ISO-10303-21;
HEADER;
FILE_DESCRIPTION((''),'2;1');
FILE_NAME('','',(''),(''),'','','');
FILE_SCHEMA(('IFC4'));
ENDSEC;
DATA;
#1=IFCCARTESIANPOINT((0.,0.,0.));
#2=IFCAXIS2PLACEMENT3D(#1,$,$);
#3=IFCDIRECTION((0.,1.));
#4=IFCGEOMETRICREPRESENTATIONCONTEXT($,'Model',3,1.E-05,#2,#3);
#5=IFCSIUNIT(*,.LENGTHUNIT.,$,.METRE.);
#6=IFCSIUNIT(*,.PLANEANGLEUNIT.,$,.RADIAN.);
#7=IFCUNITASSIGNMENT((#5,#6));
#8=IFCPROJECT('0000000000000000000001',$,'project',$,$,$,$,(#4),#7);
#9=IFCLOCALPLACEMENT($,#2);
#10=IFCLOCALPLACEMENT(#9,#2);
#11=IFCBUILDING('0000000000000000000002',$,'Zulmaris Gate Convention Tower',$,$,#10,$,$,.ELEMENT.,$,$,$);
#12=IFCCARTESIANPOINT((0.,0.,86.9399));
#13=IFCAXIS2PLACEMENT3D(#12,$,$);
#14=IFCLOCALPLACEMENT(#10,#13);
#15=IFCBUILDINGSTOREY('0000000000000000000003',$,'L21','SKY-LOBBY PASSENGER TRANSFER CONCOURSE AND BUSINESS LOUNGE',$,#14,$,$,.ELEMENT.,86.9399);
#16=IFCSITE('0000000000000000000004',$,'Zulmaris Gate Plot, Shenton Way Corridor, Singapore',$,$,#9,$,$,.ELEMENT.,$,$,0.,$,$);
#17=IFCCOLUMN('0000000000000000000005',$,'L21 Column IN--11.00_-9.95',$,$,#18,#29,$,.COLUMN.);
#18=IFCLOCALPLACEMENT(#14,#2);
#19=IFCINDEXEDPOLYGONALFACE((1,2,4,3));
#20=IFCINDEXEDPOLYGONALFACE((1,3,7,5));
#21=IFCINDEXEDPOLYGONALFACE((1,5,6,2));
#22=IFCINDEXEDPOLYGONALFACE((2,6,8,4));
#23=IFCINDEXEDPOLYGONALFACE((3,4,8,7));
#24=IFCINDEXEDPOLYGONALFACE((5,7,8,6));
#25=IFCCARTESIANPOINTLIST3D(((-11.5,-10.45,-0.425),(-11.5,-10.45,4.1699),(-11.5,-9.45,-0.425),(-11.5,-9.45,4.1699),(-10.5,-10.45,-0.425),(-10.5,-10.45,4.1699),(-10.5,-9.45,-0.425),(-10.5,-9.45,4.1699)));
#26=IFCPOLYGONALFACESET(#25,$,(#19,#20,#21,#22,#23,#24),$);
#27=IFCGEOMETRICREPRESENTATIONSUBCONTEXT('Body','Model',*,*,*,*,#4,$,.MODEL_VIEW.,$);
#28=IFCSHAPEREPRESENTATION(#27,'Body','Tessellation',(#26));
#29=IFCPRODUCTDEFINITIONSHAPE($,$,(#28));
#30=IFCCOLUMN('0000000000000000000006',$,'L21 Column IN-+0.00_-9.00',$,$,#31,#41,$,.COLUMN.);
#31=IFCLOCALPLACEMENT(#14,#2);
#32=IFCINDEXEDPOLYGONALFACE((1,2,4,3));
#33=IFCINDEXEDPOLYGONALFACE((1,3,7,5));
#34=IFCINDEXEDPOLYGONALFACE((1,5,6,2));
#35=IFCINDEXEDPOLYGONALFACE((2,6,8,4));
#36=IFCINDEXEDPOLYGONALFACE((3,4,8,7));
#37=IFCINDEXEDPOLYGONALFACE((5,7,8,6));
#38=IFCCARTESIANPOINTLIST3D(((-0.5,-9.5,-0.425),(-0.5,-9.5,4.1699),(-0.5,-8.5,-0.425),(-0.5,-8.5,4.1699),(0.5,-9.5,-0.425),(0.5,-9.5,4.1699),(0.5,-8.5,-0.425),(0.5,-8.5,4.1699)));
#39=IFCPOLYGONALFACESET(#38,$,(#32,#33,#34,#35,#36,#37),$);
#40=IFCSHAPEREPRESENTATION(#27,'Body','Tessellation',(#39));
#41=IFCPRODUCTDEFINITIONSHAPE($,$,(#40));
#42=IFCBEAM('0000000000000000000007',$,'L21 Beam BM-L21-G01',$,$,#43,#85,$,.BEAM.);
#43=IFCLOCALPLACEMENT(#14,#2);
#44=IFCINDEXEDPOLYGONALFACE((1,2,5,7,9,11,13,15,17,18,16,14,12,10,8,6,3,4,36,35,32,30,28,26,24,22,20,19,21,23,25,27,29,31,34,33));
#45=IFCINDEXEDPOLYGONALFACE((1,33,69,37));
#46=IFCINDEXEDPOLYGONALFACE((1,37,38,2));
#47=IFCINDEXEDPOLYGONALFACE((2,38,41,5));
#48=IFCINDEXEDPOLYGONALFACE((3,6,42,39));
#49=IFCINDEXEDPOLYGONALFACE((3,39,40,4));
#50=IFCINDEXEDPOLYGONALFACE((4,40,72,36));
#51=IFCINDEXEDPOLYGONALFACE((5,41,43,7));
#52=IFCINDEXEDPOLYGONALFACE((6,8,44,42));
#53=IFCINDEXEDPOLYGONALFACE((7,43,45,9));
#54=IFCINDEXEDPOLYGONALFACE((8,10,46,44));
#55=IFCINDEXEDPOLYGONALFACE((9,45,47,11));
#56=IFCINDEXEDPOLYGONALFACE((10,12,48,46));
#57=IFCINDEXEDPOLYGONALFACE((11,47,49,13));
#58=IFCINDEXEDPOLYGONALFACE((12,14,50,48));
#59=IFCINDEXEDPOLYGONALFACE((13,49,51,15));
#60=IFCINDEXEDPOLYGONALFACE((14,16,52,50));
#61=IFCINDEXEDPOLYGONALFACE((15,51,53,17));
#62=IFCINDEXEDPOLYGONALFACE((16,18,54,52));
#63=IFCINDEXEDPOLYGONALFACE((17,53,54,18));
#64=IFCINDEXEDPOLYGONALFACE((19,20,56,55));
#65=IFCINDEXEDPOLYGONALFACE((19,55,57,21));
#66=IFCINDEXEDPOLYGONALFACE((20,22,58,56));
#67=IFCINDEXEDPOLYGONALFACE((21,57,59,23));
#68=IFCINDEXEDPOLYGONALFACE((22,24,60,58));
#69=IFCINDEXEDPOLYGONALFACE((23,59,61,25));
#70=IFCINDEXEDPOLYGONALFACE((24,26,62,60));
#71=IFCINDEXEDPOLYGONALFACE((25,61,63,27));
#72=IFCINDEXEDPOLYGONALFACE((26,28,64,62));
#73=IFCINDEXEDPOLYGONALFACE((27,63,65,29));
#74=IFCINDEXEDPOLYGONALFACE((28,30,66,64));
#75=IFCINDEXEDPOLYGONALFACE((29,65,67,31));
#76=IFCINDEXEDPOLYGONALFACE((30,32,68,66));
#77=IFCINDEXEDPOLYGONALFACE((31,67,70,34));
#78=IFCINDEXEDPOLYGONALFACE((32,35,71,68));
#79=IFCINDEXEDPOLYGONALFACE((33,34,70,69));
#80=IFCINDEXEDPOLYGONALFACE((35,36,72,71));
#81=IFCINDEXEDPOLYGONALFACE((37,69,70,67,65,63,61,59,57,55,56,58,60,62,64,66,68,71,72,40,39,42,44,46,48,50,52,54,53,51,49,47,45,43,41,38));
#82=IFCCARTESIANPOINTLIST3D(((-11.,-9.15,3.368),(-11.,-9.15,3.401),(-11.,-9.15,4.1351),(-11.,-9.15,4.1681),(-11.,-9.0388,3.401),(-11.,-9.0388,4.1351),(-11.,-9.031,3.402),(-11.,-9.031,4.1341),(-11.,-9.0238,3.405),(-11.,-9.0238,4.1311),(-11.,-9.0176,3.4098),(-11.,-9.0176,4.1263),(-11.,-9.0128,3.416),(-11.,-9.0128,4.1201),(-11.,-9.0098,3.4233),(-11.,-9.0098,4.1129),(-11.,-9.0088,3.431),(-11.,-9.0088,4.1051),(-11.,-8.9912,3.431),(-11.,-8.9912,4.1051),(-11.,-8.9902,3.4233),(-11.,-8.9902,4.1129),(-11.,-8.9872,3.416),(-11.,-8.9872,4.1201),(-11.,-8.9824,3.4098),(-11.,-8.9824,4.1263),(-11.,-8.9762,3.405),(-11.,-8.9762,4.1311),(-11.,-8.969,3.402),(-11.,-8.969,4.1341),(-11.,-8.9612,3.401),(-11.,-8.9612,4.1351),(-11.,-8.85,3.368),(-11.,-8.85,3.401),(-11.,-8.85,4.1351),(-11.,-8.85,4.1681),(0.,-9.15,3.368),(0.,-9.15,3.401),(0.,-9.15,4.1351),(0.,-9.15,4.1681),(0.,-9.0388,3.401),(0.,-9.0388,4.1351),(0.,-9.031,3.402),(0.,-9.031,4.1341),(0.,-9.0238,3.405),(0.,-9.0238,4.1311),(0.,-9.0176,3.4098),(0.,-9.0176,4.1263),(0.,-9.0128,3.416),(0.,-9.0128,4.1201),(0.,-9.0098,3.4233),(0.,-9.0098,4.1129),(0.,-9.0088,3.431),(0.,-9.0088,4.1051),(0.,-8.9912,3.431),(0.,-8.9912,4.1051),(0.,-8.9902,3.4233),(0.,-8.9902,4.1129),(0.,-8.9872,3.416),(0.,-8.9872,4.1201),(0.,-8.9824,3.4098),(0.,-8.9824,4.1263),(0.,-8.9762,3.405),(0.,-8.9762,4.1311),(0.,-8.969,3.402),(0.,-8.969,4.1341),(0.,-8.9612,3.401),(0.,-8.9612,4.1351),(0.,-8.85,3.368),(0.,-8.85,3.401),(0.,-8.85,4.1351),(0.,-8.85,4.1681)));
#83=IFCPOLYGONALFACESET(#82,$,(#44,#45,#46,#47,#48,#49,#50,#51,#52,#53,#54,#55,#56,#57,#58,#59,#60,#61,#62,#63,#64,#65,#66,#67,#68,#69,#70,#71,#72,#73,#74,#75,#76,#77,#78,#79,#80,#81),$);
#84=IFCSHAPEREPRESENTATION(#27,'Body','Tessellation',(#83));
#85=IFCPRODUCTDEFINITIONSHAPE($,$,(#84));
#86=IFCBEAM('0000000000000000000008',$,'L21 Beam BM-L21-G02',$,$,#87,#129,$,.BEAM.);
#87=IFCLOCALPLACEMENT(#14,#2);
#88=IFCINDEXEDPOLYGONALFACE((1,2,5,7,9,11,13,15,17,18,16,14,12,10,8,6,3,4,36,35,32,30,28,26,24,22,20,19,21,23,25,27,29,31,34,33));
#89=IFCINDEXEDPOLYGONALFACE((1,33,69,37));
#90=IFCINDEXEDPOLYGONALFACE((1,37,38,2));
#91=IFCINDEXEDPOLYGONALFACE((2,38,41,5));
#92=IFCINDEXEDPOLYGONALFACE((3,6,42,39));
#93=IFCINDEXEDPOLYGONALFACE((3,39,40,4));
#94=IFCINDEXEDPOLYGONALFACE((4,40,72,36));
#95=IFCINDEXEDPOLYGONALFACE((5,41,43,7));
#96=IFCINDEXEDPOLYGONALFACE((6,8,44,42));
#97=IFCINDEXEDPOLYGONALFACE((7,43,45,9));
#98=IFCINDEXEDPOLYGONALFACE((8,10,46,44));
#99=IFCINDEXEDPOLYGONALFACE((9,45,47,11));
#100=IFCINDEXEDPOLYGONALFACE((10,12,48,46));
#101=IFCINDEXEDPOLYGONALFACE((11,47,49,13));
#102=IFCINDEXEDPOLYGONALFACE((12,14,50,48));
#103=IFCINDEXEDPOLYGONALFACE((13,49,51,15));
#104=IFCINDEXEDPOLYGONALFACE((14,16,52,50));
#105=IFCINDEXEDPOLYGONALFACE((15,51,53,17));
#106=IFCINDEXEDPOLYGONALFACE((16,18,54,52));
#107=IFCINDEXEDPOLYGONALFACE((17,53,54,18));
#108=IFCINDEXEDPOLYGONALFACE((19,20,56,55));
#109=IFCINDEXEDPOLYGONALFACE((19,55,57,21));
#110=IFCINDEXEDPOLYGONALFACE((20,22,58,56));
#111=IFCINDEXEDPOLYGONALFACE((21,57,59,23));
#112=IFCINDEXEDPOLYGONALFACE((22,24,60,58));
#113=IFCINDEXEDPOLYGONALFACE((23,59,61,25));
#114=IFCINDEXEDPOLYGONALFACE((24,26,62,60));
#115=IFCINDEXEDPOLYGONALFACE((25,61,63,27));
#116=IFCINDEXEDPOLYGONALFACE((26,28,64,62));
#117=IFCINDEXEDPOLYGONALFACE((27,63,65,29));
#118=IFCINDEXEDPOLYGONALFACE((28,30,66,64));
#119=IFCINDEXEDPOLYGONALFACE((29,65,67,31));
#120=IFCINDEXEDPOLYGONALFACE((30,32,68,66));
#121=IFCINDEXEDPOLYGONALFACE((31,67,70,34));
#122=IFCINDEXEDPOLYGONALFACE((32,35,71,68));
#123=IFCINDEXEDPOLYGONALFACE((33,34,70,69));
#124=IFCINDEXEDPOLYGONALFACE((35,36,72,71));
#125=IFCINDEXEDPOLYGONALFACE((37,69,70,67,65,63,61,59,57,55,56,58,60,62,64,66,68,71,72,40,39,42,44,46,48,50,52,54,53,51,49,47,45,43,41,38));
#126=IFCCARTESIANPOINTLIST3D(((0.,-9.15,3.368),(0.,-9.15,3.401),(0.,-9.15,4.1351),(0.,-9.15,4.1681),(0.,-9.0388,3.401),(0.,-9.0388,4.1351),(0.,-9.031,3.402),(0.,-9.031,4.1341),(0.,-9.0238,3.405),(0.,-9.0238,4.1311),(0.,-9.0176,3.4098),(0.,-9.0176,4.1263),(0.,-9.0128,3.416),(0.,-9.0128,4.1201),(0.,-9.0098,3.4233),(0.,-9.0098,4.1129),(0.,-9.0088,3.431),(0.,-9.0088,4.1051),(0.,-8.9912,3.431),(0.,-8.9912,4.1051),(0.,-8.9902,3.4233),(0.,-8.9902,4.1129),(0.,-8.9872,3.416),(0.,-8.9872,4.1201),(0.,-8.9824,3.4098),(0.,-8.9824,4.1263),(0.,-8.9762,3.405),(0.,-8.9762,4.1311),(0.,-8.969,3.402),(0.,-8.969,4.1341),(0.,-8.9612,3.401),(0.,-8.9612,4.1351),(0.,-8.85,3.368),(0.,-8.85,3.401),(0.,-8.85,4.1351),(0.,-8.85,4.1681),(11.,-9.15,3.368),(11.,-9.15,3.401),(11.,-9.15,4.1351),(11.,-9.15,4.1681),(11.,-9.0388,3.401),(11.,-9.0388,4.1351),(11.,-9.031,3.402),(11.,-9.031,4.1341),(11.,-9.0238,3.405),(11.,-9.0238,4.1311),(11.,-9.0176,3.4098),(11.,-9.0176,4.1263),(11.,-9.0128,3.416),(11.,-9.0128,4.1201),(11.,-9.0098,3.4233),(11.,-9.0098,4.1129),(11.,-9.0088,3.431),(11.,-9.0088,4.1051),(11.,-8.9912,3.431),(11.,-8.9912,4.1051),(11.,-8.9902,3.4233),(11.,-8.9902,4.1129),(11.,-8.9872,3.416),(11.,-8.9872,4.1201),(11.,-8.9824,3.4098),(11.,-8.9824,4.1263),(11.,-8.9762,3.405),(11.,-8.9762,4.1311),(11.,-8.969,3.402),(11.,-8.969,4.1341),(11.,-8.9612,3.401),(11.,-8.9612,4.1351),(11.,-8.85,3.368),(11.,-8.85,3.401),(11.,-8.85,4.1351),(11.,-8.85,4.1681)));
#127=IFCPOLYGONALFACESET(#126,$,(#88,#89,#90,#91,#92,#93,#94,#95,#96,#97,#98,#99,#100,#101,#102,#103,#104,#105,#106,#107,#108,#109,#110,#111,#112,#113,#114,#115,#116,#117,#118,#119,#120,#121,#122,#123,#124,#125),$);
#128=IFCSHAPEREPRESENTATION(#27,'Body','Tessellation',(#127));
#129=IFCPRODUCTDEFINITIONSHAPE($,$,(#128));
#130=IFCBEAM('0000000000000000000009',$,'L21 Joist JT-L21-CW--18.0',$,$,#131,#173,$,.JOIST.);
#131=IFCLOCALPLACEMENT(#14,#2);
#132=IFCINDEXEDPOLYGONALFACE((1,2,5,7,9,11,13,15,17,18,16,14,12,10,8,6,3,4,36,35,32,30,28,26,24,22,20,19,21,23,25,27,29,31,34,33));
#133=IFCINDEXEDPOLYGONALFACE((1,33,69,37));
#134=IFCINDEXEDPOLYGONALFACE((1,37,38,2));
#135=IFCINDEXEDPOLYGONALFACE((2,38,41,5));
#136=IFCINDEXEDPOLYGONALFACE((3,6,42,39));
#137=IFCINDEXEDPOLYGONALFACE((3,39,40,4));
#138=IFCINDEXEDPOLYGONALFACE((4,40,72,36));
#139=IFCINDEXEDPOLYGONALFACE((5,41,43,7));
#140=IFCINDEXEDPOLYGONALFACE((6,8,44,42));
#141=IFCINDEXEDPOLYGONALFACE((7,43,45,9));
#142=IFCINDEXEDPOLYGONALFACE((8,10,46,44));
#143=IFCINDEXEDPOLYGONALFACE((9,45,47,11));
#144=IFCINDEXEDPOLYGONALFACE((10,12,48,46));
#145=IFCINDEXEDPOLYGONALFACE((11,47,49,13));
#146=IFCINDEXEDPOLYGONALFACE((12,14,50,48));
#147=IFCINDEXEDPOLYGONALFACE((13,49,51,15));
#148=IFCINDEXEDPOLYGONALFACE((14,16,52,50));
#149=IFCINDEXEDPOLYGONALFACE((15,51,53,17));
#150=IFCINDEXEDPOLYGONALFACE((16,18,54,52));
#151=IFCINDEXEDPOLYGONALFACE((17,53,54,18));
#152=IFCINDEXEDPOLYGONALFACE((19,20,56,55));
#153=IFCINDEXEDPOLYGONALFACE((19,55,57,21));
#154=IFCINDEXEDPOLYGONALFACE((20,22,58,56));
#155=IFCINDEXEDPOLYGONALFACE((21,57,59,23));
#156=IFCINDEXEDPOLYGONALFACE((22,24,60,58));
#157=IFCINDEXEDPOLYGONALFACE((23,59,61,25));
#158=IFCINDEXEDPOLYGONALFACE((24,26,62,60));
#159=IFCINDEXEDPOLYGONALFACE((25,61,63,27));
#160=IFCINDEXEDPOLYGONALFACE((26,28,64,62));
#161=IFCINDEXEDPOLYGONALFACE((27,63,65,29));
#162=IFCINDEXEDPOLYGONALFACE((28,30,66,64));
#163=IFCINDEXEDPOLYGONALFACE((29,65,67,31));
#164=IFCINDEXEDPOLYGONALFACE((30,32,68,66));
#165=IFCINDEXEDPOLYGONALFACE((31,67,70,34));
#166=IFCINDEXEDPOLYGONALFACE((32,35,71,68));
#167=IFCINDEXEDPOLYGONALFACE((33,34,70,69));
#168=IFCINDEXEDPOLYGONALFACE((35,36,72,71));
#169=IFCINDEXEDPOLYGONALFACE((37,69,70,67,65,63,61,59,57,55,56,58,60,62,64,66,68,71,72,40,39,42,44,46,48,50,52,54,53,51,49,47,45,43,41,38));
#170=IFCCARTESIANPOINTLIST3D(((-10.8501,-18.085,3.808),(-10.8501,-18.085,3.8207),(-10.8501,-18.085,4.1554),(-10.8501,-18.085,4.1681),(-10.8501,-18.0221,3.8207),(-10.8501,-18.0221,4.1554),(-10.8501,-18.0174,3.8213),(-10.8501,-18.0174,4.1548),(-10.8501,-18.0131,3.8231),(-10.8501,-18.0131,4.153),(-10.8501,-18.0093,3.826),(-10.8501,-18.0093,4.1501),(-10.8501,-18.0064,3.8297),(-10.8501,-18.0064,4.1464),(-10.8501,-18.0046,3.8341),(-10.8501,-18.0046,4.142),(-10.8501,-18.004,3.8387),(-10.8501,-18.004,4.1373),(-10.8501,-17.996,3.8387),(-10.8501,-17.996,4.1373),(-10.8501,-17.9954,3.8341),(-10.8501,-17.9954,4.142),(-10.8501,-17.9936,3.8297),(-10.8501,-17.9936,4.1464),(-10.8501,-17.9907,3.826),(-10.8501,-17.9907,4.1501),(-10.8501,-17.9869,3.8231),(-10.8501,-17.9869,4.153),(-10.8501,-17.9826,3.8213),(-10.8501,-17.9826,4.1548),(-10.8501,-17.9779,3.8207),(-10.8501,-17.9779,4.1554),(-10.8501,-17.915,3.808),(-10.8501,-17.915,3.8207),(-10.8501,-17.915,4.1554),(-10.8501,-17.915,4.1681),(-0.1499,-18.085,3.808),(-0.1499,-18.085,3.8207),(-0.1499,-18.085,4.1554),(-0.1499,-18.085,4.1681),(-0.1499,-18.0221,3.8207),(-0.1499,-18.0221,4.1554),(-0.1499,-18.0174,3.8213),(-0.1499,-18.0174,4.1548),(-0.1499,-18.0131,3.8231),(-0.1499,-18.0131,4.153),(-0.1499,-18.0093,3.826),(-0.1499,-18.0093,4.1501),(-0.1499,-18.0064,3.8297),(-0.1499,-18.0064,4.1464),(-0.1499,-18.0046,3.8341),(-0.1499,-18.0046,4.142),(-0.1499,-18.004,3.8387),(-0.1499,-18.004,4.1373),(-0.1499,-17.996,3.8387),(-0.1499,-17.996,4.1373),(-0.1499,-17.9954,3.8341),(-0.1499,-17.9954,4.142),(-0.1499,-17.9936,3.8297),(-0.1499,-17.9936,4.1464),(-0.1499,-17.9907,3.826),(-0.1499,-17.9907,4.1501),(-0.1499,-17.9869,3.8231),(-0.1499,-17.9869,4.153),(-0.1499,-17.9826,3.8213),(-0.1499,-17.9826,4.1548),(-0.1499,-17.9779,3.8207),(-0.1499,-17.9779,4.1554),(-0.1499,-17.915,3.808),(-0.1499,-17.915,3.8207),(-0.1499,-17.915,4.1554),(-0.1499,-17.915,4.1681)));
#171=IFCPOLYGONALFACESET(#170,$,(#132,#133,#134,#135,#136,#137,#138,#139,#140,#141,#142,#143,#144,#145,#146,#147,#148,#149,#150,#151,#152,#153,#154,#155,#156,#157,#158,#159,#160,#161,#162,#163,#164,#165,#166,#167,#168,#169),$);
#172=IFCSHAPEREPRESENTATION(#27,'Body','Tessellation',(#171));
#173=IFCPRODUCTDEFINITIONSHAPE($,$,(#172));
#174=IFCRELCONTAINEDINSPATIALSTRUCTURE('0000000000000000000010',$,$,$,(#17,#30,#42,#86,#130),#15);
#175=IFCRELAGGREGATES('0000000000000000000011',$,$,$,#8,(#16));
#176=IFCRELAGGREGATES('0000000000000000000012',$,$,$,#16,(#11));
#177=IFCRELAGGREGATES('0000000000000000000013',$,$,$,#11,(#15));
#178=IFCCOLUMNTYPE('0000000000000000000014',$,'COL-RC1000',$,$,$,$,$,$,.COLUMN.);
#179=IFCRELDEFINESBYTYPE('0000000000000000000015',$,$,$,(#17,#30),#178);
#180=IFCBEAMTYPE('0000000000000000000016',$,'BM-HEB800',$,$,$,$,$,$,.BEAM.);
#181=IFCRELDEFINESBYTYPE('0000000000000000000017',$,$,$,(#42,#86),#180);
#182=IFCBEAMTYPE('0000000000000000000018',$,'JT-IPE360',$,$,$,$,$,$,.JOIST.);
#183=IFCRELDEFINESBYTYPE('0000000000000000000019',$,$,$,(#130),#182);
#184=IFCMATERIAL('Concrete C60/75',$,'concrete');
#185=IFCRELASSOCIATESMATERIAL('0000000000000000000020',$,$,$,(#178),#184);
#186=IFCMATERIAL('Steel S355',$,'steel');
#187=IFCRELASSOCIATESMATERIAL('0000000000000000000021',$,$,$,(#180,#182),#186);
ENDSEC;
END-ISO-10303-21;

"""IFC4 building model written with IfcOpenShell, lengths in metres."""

from ifc_helpers import new_model, si_unit, direction, frame, origin, origin_2d, place, context, subcontext, project, spatial, rectangle, i_section, extrude, material, material_profile, profile_set, type_object, element, save


model = new_model("IFC4")

# Units and contexts
model_context = context("Model", 3, precision=1e-05, world=origin(), true_north=direction((0.0, 1.0)))
body_context = subcontext(model_context, "Body", "Model", "MODEL_VIEW")
ifc_project = project(units=[si_unit("LENGTHUNIT", "METRE"), si_unit("PLANEANGLEUNIT", "RADIAN")], contexts=[model_context])

# Site, building, storey
site_placement = place(None, origin())
site = spatial("IfcSite", under=ifc_project, at=site_placement, Name="Zulmaris Gate Plot, Shenton Way Corridor, Singapore", CompositionType="ELEMENT", RefElevation=0.0)
building_placement = place(site_placement, origin())
building = spatial("IfcBuilding", under=site, at=building_placement, Name="Zulmaris Gate Convention Tower", CompositionType="ELEMENT")
storey_placement = place(building_placement, frame((0.0, 0.0, 86.9399)))
storey = spatial("IfcBuildingStorey", under=building, at=storey_placement, Name="L21", Description="SKY-LOBBY PASSENGER TRANSFER CONCOURSE AND BUSINESS LOUNGE", CompositionType="ELEMENT", Elevation=86.9399)

# Columns
ifc_material_1 = material(Name="Concrete C60/75", Category="concrete")
ifc_material_profile_1 = material_profile(ifc_material_1, rectangle(XDim=1.0, YDim=1.0, at=origin_2d()), Name="RC COL 1000x1000")
ifc_profile_set_1 = profile_set([ifc_material_profile_1], Name="Concrete C60/75")
column_type = type_object("IfcColumnType", Name="COL-RC1000", PredefinedType="COLUMN", material=ifc_profile_set_1)
for number, where, z_axis, x_axis, name in (
    (1, (-11.0, -9.95, -0.425), (0.0, 0.0, 1.0), (1.0, 0.0, 0.0), "L21 Column IN--11.00_-9.95"),
    (2, (0.0, -9.0, -0.425), (0.0, 0.0, 1.0), (1.0, 0.0, 0.0), "L21 Column IN-+0.00_-9.00"),
):
    element("IfcColumn", number, at=place(storey_placement, frame(where, z_axis=z_axis, x_axis=x_axis)), inside=storey, type_object=column_type, Name=name, PredefinedType="COLUMN", context=body_context, shape_type="SweptSolid", body=[
        extrude(rectangle(XDim=1.0, YDim=1.0, at=origin_2d()), origin(), (0.0, 0.0, 1.0), 4.595),
    ])

# Beams
ifc_material_2 = material(Name="Steel S355", Category="steel")
ifc_material_profile_2 = material_profile(ifc_material_2, i_section(OverallWidth=0.3, OverallDepth=0.8, WebThickness=0.0176, FlangeThickness=0.033, FilletRadius=0.03, at=origin_2d()), Name="HEB 800")
ifc_profile_set_2 = profile_set([ifc_material_profile_2], Name="Steel S355")
beam_type_1 = type_object("IfcBeamType", Name="BM-HEB800", PredefinedType="BEAM", material=ifc_profile_set_2)
for number, where, z_axis, x_axis, name in (
    (3, (-11.0, -9.0, 3.7681), (1.0, 0.0, 0.0), (0.0, 1.0, 0.0), "L21 Beam BM-L21-G01"),
    (4, (0.0, -9.0, 3.7681), (1.0, 0.0, 0.0), (0.0, 1.0, 0.0), "L21 Beam BM-L21-G02"),
):
    element("IfcBeam", number, at=place(storey_placement, frame(where, z_axis=z_axis, x_axis=x_axis)), inside=storey, type_object=beam_type_1, Name=name, PredefinedType="BEAM", context=body_context, shape_type="SweptSolid", body=[
        extrude(i_section(OverallWidth=0.3, OverallDepth=0.8, WebThickness=0.0176, FlangeThickness=0.033, FilletRadius=0.03, at=origin_2d()), origin(), (0.0, 0.0, 1.0), 11.0),
    ])
ifc_material_profile_3 = material_profile(ifc_material_2, i_section(OverallWidth=0.1699, OverallDepth=0.3601, WebThickness=0.0081, FlangeThickness=0.0127, FilletRadius=0.0181, at=origin_2d()), Name="IPE 360")
ifc_profile_set_3 = profile_set([ifc_material_profile_3], Name="Steel S355")
beam_type_2 = type_object("IfcBeamType", Name="JT-IPE360", PredefinedType="JOIST", material=ifc_profile_set_3)
for number, where, z_axis, x_axis, name in (
    (5, (-10.8501, -18.0, 3.988), (1.0, 0.0, 0.0), (0.0, 1.0, 0.0), "L21 Joist JT-L21-CW--18.0"),
):
    element("IfcBeam", number, at=place(storey_placement, frame(where, z_axis=z_axis, x_axis=x_axis)), inside=storey, type_object=beam_type_2, Name=name, PredefinedType="JOIST", context=body_context, shape_type="SweptSolid", body=[
        extrude(i_section(OverallWidth=0.1699, OverallDepth=0.3601, WebThickness=0.0081, FlangeThickness=0.0127, FilletRadius=0.0181, at=origin_2d()), origin(), (0.0, 0.0, 1.0), 10.7002),
    ])

save(model, "model.ifc")
